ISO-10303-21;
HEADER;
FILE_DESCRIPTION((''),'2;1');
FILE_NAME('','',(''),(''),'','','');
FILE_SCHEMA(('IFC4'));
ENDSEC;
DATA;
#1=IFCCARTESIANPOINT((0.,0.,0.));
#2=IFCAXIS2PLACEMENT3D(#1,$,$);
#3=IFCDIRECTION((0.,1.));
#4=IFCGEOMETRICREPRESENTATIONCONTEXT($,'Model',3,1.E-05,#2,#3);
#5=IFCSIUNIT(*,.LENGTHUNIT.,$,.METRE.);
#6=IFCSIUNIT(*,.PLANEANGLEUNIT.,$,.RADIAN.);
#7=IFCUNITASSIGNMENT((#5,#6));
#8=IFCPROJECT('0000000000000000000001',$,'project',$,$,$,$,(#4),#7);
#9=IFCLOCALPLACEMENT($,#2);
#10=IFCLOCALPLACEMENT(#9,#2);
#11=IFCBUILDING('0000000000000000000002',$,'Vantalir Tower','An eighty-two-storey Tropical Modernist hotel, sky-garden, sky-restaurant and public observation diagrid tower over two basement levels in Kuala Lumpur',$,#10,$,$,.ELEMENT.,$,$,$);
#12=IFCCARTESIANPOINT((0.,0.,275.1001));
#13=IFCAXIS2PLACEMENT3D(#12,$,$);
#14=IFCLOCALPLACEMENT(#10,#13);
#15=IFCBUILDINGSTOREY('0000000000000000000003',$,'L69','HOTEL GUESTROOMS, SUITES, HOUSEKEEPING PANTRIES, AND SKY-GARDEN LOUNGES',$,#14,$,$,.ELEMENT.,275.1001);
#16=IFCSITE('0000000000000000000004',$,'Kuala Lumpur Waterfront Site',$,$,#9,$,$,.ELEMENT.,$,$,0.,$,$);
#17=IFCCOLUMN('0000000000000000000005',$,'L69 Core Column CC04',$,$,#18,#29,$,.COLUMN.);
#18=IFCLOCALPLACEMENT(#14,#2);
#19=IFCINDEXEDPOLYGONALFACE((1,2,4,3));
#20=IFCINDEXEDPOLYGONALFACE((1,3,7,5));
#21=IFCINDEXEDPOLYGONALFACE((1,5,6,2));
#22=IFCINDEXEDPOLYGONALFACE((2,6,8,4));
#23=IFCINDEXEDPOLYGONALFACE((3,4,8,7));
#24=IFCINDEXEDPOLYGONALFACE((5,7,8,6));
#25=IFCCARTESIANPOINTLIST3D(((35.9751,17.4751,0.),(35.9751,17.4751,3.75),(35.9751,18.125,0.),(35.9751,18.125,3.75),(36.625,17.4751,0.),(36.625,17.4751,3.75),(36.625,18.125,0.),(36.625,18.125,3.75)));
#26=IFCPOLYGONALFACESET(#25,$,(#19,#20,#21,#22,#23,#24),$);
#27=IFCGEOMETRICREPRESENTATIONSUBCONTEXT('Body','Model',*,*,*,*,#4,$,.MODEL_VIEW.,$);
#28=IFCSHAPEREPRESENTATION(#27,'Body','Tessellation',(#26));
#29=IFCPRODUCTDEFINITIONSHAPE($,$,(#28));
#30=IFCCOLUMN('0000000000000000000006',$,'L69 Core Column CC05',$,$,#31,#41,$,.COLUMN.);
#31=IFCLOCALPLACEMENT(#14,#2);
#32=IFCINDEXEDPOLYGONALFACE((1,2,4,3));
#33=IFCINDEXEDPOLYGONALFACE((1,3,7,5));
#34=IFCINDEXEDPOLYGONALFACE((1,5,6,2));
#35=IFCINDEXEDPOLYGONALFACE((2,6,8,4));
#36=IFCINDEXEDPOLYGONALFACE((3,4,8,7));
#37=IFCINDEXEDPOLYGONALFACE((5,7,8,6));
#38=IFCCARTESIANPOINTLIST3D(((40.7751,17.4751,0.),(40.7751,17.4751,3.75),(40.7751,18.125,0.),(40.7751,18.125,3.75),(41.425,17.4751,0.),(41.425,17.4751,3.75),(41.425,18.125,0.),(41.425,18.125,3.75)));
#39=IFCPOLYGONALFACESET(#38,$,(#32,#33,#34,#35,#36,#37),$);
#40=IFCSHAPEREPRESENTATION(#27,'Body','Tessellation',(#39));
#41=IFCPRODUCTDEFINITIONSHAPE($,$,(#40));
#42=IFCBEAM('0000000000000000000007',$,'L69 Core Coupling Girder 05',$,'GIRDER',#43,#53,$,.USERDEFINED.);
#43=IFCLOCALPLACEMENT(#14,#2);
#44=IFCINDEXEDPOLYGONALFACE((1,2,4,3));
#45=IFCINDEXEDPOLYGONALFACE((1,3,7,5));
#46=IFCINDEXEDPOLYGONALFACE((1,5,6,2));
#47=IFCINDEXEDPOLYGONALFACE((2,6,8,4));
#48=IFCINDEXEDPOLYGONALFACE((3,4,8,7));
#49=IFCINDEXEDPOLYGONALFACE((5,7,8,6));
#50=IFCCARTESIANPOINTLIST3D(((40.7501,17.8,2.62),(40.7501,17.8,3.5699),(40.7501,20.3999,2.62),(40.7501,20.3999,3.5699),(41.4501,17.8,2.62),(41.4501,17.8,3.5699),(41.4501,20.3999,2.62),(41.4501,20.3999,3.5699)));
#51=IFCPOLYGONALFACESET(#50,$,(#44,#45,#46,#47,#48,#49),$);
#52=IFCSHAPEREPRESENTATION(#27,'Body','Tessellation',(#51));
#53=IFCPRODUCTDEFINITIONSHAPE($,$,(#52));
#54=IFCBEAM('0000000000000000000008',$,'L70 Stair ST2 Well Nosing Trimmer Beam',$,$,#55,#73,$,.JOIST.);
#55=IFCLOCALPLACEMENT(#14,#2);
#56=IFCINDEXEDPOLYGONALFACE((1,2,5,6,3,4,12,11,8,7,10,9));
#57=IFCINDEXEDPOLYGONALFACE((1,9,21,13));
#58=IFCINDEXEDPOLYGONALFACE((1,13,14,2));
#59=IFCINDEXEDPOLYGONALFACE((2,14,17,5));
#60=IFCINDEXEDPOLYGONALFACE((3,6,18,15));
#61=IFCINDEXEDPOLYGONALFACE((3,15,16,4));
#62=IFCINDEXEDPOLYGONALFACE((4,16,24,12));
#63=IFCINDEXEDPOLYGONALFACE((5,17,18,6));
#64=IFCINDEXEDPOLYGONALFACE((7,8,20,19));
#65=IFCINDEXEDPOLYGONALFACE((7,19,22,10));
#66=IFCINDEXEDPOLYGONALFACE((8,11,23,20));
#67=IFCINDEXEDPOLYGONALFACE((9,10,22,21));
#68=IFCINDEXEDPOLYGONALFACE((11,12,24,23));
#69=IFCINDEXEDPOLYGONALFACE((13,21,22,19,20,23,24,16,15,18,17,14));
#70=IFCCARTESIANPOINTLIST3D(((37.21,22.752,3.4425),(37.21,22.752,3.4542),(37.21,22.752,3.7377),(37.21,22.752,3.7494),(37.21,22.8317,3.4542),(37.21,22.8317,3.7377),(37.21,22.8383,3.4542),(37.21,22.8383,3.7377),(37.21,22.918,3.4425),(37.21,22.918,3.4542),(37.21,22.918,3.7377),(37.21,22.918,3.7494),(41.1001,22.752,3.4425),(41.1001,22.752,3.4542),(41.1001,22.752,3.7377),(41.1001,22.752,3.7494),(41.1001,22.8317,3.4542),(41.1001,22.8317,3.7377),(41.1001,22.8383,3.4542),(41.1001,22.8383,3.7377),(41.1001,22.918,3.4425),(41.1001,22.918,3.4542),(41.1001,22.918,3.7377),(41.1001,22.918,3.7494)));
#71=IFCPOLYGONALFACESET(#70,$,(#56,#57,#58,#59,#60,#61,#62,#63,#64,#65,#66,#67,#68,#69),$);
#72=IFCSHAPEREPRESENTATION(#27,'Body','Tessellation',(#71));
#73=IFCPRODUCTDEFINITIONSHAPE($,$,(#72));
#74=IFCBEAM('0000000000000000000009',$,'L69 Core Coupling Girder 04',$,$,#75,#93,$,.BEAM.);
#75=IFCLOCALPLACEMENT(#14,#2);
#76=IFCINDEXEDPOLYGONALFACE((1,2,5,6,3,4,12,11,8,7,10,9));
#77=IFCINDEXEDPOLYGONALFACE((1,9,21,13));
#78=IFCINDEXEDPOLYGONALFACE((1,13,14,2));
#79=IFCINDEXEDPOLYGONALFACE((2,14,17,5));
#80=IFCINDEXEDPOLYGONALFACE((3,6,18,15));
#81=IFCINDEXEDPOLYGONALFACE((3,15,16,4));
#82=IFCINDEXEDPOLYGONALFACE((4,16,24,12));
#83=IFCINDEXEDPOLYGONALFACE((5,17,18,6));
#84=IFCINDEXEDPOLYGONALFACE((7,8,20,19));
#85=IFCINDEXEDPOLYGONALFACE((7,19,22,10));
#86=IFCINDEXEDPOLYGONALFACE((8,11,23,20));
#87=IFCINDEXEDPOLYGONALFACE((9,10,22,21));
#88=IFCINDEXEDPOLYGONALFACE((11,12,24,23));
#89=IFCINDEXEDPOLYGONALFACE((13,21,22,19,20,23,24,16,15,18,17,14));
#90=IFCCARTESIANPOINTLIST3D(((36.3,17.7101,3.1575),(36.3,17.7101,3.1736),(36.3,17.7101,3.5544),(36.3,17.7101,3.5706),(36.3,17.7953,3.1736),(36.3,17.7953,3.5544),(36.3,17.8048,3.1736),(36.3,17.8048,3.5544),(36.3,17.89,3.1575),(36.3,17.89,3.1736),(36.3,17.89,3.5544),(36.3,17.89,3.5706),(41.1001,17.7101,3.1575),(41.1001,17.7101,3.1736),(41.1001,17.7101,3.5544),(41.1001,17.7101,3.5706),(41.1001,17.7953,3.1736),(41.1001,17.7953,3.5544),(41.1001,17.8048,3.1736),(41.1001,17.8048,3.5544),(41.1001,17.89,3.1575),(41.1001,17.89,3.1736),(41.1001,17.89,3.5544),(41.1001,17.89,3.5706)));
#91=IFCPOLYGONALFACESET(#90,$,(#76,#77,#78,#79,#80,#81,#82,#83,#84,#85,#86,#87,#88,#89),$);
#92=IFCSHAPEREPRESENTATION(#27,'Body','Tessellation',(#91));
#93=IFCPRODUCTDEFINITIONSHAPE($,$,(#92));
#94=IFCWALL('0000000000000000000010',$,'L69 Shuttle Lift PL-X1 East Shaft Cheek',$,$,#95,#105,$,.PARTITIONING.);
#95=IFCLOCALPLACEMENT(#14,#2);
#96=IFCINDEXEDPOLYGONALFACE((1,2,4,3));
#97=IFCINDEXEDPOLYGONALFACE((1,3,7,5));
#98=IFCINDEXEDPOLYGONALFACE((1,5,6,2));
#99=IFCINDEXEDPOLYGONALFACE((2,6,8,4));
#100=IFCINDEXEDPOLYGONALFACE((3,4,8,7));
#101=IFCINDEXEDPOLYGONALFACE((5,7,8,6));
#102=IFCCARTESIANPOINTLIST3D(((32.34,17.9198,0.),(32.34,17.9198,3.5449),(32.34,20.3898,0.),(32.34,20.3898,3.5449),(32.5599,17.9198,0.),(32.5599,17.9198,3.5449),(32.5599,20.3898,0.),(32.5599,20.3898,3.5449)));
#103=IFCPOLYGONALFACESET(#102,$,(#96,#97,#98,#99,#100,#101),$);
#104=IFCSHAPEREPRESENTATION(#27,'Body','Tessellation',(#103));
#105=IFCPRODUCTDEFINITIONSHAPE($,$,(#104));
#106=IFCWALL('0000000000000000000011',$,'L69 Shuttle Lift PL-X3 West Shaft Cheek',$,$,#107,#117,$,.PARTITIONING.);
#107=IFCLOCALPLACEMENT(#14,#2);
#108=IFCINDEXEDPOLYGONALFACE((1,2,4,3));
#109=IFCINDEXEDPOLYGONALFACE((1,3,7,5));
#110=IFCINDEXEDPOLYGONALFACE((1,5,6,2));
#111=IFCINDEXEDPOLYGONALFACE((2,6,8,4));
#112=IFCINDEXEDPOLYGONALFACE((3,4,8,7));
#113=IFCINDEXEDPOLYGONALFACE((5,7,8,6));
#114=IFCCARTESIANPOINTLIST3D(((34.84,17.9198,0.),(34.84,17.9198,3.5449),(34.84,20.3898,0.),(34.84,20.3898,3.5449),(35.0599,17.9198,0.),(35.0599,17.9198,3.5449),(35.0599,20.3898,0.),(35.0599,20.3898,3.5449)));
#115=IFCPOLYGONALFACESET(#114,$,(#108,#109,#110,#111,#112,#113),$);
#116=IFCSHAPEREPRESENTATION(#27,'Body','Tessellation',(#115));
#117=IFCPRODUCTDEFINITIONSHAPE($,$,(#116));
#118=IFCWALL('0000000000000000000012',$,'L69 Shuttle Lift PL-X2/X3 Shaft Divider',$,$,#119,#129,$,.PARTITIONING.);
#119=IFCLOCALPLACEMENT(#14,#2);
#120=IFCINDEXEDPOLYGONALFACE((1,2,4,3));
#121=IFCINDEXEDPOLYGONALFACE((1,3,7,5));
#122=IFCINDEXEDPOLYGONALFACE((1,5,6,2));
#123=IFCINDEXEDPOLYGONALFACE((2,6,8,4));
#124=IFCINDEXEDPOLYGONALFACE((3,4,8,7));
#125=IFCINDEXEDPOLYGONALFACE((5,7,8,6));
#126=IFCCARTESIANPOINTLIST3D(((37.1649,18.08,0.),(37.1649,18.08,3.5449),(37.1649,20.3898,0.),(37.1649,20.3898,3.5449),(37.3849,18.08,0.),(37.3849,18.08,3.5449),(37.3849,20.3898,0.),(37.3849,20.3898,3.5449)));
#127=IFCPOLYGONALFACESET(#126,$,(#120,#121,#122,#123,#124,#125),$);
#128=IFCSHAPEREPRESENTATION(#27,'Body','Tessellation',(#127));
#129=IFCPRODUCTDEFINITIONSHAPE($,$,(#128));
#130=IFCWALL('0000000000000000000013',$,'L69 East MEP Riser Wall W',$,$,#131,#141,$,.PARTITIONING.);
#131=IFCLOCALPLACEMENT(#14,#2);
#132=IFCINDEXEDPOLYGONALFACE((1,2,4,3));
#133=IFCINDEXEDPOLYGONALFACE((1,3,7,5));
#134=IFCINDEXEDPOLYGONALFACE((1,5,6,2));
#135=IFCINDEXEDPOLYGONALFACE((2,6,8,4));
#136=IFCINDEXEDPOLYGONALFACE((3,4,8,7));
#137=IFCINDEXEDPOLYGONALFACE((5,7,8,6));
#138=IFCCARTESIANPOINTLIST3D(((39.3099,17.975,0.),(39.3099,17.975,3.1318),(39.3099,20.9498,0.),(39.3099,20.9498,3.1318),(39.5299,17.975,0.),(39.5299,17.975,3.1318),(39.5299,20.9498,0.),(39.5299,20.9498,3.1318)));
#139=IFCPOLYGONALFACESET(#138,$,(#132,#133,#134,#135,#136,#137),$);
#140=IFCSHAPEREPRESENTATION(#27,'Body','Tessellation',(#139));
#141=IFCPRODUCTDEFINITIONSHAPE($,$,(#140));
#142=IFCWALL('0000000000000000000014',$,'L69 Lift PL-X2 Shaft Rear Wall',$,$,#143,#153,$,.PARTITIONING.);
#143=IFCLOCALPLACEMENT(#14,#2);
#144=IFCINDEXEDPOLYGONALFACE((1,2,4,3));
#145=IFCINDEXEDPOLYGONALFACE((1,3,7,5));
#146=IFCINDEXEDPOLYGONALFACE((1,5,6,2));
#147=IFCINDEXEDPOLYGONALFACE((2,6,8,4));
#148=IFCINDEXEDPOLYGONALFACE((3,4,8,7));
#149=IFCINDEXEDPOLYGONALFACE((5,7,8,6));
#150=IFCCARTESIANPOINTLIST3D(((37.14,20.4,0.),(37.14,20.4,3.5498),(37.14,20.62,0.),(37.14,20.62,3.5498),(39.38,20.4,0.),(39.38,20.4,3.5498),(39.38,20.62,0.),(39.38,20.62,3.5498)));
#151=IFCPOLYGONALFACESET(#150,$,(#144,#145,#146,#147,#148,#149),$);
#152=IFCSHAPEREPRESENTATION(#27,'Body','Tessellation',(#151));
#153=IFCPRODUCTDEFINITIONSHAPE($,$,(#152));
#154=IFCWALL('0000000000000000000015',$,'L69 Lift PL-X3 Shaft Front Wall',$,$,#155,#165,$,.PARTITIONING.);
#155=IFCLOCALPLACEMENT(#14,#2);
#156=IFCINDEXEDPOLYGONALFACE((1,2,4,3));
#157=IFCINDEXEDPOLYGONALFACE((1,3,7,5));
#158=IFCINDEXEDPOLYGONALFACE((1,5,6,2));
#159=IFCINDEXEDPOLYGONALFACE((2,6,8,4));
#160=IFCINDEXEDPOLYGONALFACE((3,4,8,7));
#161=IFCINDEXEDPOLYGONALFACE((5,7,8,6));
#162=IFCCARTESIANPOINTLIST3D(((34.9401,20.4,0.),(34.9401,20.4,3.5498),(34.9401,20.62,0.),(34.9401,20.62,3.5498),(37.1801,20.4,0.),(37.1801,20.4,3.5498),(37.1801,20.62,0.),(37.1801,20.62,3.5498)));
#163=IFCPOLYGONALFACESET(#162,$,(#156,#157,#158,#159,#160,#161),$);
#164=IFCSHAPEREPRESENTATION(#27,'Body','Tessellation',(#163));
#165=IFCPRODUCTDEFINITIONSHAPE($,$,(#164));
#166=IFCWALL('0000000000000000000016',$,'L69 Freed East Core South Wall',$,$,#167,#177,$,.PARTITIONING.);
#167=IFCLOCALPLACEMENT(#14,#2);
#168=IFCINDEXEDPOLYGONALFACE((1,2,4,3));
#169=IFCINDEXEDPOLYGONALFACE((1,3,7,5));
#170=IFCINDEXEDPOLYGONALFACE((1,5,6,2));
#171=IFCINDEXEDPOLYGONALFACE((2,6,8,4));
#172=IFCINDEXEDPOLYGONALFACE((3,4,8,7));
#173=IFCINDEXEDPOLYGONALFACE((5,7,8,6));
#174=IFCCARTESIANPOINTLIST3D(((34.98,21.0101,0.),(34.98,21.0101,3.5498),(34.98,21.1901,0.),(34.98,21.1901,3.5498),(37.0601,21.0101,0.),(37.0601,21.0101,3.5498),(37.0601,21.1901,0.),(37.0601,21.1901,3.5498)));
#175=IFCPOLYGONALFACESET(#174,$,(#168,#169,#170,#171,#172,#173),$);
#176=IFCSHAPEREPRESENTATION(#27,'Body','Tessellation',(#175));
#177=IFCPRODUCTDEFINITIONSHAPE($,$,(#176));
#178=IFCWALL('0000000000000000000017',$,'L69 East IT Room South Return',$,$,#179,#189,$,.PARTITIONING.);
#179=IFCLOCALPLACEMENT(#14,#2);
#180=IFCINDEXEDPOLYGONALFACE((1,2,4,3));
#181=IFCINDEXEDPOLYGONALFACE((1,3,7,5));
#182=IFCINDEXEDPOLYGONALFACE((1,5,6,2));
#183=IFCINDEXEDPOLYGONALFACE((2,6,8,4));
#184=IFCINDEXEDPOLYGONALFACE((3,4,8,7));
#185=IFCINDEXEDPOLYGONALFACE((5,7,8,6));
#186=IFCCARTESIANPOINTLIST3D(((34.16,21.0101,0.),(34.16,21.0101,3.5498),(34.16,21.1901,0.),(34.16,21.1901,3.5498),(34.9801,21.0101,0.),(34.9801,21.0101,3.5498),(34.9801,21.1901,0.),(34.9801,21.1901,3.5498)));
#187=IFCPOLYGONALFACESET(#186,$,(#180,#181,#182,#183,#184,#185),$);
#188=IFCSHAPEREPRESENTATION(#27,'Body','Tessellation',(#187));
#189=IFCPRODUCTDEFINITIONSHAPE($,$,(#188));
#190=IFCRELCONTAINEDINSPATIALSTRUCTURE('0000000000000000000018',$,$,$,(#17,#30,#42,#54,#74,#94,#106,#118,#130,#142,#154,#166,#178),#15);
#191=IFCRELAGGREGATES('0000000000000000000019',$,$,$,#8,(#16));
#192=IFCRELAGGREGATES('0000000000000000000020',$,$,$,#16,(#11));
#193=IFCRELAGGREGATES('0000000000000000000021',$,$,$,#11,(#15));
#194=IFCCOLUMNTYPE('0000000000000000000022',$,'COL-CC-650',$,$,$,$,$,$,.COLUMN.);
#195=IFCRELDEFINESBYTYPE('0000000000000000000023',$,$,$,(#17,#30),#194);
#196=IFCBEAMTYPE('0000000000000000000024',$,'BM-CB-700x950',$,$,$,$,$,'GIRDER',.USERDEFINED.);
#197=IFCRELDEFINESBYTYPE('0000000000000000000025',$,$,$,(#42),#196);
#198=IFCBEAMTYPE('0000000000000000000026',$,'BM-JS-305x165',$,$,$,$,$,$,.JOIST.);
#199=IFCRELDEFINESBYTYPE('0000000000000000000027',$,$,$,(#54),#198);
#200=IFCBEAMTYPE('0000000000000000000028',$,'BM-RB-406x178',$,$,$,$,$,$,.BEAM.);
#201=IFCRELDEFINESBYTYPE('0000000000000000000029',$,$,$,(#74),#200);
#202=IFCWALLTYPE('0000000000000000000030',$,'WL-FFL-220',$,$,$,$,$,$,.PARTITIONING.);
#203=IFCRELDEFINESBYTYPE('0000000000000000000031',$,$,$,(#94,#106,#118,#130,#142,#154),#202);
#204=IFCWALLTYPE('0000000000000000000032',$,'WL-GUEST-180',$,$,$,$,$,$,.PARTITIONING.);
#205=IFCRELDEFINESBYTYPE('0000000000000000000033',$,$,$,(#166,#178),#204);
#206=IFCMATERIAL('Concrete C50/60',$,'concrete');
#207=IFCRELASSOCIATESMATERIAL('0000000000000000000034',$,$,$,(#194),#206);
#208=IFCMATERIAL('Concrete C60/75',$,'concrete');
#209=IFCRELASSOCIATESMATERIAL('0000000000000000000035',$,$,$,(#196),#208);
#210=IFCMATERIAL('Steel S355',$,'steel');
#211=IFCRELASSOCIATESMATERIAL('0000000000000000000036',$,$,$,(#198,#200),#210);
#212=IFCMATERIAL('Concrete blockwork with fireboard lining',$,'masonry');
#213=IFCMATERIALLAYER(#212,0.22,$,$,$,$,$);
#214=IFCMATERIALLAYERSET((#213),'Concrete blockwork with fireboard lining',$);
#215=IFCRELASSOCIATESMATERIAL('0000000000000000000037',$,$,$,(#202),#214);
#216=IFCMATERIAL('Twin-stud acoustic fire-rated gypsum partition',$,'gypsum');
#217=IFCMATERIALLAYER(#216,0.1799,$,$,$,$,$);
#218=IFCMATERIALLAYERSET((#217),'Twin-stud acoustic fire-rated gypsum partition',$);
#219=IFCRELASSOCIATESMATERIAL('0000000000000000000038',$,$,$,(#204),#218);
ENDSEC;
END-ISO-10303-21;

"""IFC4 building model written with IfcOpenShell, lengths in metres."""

from ifc_helpers import new_model, si_unit, direction, frame, frame_2d, origin, origin_2d, place, context, subcontext, project, spatial, rectangle, i_section, extrude, material, layer, layer_set, material_profile, profile_set, type_object, element, save


model = new_model("IFC4")

# Units and contexts
model_context = context("Model", 3, precision=1e-05, world=origin(), true_north=direction((0.0, 1.0)))
body_context = subcontext(model_context, "Body", "Model", "MODEL_VIEW")
ifc_project = project(units=[si_unit("LENGTHUNIT", "METRE"), si_unit("PLANEANGLEUNIT", "RADIAN")], contexts=[model_context])

# Site, building, storey
site_placement = place(None, origin())
site = spatial("IfcSite", under=ifc_project, at=site_placement, Name="Kuala Lumpur Waterfront Site", CompositionType="ELEMENT", RefElevation=0.0)
building_placement = place(site_placement, origin())
building = spatial("IfcBuilding", under=site, at=building_placement, Name="Vantalir Tower", Description="An eighty-two-storey Tropical Modernist hotel, sky-garden, sky-restaurant and public observation diagrid tower over two basement levels in Kuala Lumpur", CompositionType="ELEMENT")
storey_placement = place(building_placement, frame((0.0, 0.0, 275.1001)))
storey = spatial("IfcBuildingStorey", under=building, at=storey_placement, Name="L69", Description="HOTEL GUESTROOMS, SUITES, HOUSEKEEPING PANTRIES, AND SKY-GARDEN LOUNGES", CompositionType="ELEMENT", Elevation=275.1001)

# Columns
ifc_material_1 = material(Name="Concrete C50/60", Category="concrete")
ifc_material_profile_1 = material_profile(ifc_material_1, rectangle(XDim=0.6499, YDim=0.6499, at=origin_2d()), Name="Concrete C50/60")
ifc_profile_set_1 = profile_set([ifc_material_profile_1], Name="Concrete C50/60")
column_type = type_object("IfcColumnType", Name="COL-CC-650", PredefinedType="COLUMN", material=ifc_profile_set_1)
for number, where, z_axis, x_axis, name in (
    (1, (36.3, 17.8, 0.0), (0.0, 0.0, 1.0), (1.0, 0.0, 0.0), "L69 Core Column CC04"),
    (2, (41.1001, 17.8, 0.0), (0.0, 0.0, 1.0), (1.0, 0.0, 0.0), "L69 Core Column CC05"),
):
    element("IfcColumn", number, at=place(storey_placement, frame(where, z_axis=z_axis, x_axis=x_axis)), inside=storey, type_object=column_type, Name=name, PredefinedType="COLUMN", context=body_context, shape_type="SweptSolid", body=[
        extrude(rectangle(XDim=0.6499, YDim=0.6499, at=origin_2d()), origin(), (0.0, 0.0, 1.0), 3.75),
    ])

# Beams
ifc_material_2 = material(Name="Concrete C60/75", Category="concrete")
ifc_material_profile_2 = material_profile(ifc_material_2, rectangle(XDim=0.7, YDim=0.95, at=origin_2d()), Name="Concrete C60/75")
ifc_profile_set_2 = profile_set([ifc_material_profile_2], Name="Concrete C60/75")
beam_type_1 = type_object("IfcBeamType", Name="BM-CB-700x950", ElementType="GIRDER", PredefinedType="USERDEFINED", material=ifc_profile_set_2)
beam_1_placement = place(storey_placement, frame((41.1001, 17.8, 3.095), z_axis=(0.0, 1.0, 0.0), x_axis=(-1.0, 0.0, 0.0)))
element("IfcBeam", 3, at=beam_1_placement, inside=storey, type_object=beam_type_1, Name="L69 Core Coupling Girder 05", ObjectType="GIRDER", PredefinedType="USERDEFINED", context=body_context, shape_type="SweptSolid", body=[
    extrude(rectangle(XDim=0.7, YDim=0.95, at=origin_2d()), origin(), (0.0, 0.0, 1.0), 2.5999),
])
ifc_material_3 = material(Name="Steel S355", Category="steel")
ifc_material_profile_3 = material_profile(ifc_material_3, i_section(OverallWidth=0.166, OverallDepth=0.3069, WebThickness=0.0066, FlangeThickness=0.0117, at=origin_2d()), Name="Steel S355")
ifc_profile_set_3 = profile_set([ifc_material_profile_3], Name="Steel S355")
beam_type_2 = type_object("IfcBeamType", Name="BM-JS-305x165", PredefinedType="JOIST", material=ifc_profile_set_3)
beam_2_placement = place(storey_placement, frame((37.21, 22.835, 3.5959), z_axis=(1.0, 0.0, 0.0), x_axis=(0.0, 1.0, 0.0)))
element("IfcBeam", 4, at=beam_2_placement, inside=storey, type_object=beam_type_2, Name="L70 Stair ST2 Well Nosing Trimmer Beam", PredefinedType="JOIST", context=body_context, shape_type="SweptSolid", body=[
    extrude(i_section(OverallWidth=0.166, OverallDepth=0.3069, WebThickness=0.0066, FlangeThickness=0.0117, at=origin_2d()), origin(), (0.0, 0.0, 1.0), 3.8901),
])
ifc_material_profile_4 = material_profile(ifc_material_3, i_section(OverallWidth=0.1799, OverallDepth=0.4131, WebThickness=0.0095, FlangeThickness=0.0161, at=origin_2d()), Name="Steel S355")
ifc_profile_set_4 = profile_set([ifc_material_profile_4], Name="Steel S355")
beam_type_3 = type_object("IfcBeamType", Name="BM-RB-406x178", PredefinedType="BEAM", material=ifc_profile_set_4)
beam_3_placement = place(storey_placement, frame((36.3, 17.8, 3.364), z_axis=(1.0, 0.0, 0.0), x_axis=(0.0, 1.0, 0.0)))
element("IfcBeam", 5, at=beam_3_placement, inside=storey, type_object=beam_type_3, Name="L69 Core Coupling Girder 04", PredefinedType="BEAM", context=body_context, shape_type="SweptSolid", body=[
    extrude(i_section(OverallWidth=0.1799, OverallDepth=0.4131, WebThickness=0.0095, FlangeThickness=0.0161, at=origin_2d()), origin(), (0.0, 0.0, 1.0), 4.8),
])

# Walls
ifc_material_4 = material(Name="Concrete blockwork with fireboard lining", Category="masonry")
ifc_layer_1 = layer(ifc_material_4, 0.22)
ifc_layer_set_1 = layer_set([ifc_layer_1], Name="Concrete blockwork with fireboard lining")
wall_type_1 = type_object("IfcWallType", Name="WL-FFL-220", PredefinedType="PARTITIONING", material=ifc_layer_set_1)
for number, where, z_axis, x_axis, name in (
    (6, (32.45, 17.9199, 0.0), (0.0, 0.0, 1.0), (0.0, 1.0, 0.0), "L69 Shuttle Lift PL-X1 East Shaft Cheek"),
    (7, (34.95, 17.9199, 0.0), (0.0, 0.0, 1.0), (0.0, 1.0, 0.0), "L69 Shuttle Lift PL-X3 West Shaft Cheek"),
):
    element("IfcWall", number, at=place(storey_placement, frame(where, z_axis=z_axis, x_axis=x_axis)), inside=storey, type_object=wall_type_1, Name=name, PredefinedType="PARTITIONING", context=body_context, shape_type="SweptSolid", body=[
        extrude(rectangle(XDim=2.47, YDim=0.22, at=frame_2d((1.2349, 0.0))), origin(), (0.0, 0.0, 1.0), 3.5449),
    ])
wall_1_placement = place(storey_placement, frame((37.2749, 18.0801, 0.0), z_axis=(0.0, 0.0, 1.0), x_axis=(0.0, 1.0, 0.0)))
element("IfcWall", 8, at=wall_1_placement, inside=storey, type_object=wall_type_1, Name="L69 Shuttle Lift PL-X2/X3 Shaft Divider", PredefinedType="PARTITIONING", context=body_context, shape_type="SweptSolid", body=[
    extrude(rectangle(XDim=2.3098, YDim=0.22, at=frame_2d((1.1548, 0.0))), origin(), (0.0, 0.0, 1.0), 3.5449),
])
wall_2_placement = place(storey_placement, frame((39.4199, 17.9751, 0.0), z_axis=(0.0, 0.0, 1.0), x_axis=(0.0, 1.0, 0.0)))
element("IfcWall", 9, at=wall_2_placement, inside=storey, type_object=wall_type_1, Name="L69 East MEP Riser Wall W", PredefinedType="PARTITIONING", context=body_context, shape_type="SweptSolid", body=[
    extrude(rectangle(XDim=2.9749, YDim=0.22, at=frame_2d((1.4873, 0.0))), origin(), (0.0, 0.0, 1.0), 3.1318),
])
for number, where, z_axis, x_axis, name in (
    (10, (37.1399, 20.51, 0.0), (0.0, 0.0, 1.0), (1.0, 0.0, 0.0), "L69 Lift PL-X2 Shaft Rear Wall"),
    (11, (34.9399, 20.51, 0.0), (0.0, 0.0, 1.0), (1.0, 0.0, 0.0), "L69 Lift PL-X3 Shaft Front Wall"),
):
    element("IfcWall", number, at=place(storey_placement, frame(where, z_axis=z_axis, x_axis=x_axis)), inside=storey, type_object=wall_type_1, Name=name, PredefinedType="PARTITIONING", context=body_context, shape_type="SweptSolid", body=[
        extrude(rectangle(XDim=2.24, YDim=0.22, at=frame_2d((1.1201, 0.0))), origin(), (0.0, 0.0, 1.0), 3.5498),
    ])
ifc_material_5 = material(Name="Twin-stud acoustic fire-rated gypsum partition", Category="gypsum")
ifc_layer_2 = layer(ifc_material_5, 0.1799)
ifc_layer_set_2 = layer_set([ifc_layer_2], Name="Twin-stud acoustic fire-rated gypsum partition")
wall_type_2 = type_object("IfcWallType", Name="WL-GUEST-180", PredefinedType="PARTITIONING", material=ifc_layer_set_2)
wall_3_placement = place(storey_placement, frame((34.98, 21.1001, 0.0), z_axis=(0.0, 0.0, 1.0), x_axis=(1.0, 0.0, 0.0)))
element("IfcWall", 12, at=wall_3_placement, inside=storey, type_object=wall_type_2, Name="L69 Freed East Core South Wall", PredefinedType="PARTITIONING", context=body_context, shape_type="SweptSolid", body=[
    extrude(rectangle(XDim=2.0801, YDim=0.1799, at=frame_2d((1.04, 0.0))), origin(), (0.0, 0.0, 1.0), 3.5498),
])
wall_4_placement = place(storey_placement, frame((34.1599, 21.1001, 0.0), z_axis=(0.0, 0.0, 1.0), x_axis=(1.0, 0.0, 0.0)))
element("IfcWall", 13, at=wall_4_placement, inside=storey, type_object=wall_type_2, Name="L69 East IT Room South Return", PredefinedType="PARTITIONING", context=body_context, shape_type="SweptSolid", body=[
    extrude(rectangle(XDim=0.8201, YDim=0.1799, at=frame_2d((0.4102, 0.0))), origin(), (0.0, 0.0, 1.0), 3.5498),
])

save(model, "model.ifc")
